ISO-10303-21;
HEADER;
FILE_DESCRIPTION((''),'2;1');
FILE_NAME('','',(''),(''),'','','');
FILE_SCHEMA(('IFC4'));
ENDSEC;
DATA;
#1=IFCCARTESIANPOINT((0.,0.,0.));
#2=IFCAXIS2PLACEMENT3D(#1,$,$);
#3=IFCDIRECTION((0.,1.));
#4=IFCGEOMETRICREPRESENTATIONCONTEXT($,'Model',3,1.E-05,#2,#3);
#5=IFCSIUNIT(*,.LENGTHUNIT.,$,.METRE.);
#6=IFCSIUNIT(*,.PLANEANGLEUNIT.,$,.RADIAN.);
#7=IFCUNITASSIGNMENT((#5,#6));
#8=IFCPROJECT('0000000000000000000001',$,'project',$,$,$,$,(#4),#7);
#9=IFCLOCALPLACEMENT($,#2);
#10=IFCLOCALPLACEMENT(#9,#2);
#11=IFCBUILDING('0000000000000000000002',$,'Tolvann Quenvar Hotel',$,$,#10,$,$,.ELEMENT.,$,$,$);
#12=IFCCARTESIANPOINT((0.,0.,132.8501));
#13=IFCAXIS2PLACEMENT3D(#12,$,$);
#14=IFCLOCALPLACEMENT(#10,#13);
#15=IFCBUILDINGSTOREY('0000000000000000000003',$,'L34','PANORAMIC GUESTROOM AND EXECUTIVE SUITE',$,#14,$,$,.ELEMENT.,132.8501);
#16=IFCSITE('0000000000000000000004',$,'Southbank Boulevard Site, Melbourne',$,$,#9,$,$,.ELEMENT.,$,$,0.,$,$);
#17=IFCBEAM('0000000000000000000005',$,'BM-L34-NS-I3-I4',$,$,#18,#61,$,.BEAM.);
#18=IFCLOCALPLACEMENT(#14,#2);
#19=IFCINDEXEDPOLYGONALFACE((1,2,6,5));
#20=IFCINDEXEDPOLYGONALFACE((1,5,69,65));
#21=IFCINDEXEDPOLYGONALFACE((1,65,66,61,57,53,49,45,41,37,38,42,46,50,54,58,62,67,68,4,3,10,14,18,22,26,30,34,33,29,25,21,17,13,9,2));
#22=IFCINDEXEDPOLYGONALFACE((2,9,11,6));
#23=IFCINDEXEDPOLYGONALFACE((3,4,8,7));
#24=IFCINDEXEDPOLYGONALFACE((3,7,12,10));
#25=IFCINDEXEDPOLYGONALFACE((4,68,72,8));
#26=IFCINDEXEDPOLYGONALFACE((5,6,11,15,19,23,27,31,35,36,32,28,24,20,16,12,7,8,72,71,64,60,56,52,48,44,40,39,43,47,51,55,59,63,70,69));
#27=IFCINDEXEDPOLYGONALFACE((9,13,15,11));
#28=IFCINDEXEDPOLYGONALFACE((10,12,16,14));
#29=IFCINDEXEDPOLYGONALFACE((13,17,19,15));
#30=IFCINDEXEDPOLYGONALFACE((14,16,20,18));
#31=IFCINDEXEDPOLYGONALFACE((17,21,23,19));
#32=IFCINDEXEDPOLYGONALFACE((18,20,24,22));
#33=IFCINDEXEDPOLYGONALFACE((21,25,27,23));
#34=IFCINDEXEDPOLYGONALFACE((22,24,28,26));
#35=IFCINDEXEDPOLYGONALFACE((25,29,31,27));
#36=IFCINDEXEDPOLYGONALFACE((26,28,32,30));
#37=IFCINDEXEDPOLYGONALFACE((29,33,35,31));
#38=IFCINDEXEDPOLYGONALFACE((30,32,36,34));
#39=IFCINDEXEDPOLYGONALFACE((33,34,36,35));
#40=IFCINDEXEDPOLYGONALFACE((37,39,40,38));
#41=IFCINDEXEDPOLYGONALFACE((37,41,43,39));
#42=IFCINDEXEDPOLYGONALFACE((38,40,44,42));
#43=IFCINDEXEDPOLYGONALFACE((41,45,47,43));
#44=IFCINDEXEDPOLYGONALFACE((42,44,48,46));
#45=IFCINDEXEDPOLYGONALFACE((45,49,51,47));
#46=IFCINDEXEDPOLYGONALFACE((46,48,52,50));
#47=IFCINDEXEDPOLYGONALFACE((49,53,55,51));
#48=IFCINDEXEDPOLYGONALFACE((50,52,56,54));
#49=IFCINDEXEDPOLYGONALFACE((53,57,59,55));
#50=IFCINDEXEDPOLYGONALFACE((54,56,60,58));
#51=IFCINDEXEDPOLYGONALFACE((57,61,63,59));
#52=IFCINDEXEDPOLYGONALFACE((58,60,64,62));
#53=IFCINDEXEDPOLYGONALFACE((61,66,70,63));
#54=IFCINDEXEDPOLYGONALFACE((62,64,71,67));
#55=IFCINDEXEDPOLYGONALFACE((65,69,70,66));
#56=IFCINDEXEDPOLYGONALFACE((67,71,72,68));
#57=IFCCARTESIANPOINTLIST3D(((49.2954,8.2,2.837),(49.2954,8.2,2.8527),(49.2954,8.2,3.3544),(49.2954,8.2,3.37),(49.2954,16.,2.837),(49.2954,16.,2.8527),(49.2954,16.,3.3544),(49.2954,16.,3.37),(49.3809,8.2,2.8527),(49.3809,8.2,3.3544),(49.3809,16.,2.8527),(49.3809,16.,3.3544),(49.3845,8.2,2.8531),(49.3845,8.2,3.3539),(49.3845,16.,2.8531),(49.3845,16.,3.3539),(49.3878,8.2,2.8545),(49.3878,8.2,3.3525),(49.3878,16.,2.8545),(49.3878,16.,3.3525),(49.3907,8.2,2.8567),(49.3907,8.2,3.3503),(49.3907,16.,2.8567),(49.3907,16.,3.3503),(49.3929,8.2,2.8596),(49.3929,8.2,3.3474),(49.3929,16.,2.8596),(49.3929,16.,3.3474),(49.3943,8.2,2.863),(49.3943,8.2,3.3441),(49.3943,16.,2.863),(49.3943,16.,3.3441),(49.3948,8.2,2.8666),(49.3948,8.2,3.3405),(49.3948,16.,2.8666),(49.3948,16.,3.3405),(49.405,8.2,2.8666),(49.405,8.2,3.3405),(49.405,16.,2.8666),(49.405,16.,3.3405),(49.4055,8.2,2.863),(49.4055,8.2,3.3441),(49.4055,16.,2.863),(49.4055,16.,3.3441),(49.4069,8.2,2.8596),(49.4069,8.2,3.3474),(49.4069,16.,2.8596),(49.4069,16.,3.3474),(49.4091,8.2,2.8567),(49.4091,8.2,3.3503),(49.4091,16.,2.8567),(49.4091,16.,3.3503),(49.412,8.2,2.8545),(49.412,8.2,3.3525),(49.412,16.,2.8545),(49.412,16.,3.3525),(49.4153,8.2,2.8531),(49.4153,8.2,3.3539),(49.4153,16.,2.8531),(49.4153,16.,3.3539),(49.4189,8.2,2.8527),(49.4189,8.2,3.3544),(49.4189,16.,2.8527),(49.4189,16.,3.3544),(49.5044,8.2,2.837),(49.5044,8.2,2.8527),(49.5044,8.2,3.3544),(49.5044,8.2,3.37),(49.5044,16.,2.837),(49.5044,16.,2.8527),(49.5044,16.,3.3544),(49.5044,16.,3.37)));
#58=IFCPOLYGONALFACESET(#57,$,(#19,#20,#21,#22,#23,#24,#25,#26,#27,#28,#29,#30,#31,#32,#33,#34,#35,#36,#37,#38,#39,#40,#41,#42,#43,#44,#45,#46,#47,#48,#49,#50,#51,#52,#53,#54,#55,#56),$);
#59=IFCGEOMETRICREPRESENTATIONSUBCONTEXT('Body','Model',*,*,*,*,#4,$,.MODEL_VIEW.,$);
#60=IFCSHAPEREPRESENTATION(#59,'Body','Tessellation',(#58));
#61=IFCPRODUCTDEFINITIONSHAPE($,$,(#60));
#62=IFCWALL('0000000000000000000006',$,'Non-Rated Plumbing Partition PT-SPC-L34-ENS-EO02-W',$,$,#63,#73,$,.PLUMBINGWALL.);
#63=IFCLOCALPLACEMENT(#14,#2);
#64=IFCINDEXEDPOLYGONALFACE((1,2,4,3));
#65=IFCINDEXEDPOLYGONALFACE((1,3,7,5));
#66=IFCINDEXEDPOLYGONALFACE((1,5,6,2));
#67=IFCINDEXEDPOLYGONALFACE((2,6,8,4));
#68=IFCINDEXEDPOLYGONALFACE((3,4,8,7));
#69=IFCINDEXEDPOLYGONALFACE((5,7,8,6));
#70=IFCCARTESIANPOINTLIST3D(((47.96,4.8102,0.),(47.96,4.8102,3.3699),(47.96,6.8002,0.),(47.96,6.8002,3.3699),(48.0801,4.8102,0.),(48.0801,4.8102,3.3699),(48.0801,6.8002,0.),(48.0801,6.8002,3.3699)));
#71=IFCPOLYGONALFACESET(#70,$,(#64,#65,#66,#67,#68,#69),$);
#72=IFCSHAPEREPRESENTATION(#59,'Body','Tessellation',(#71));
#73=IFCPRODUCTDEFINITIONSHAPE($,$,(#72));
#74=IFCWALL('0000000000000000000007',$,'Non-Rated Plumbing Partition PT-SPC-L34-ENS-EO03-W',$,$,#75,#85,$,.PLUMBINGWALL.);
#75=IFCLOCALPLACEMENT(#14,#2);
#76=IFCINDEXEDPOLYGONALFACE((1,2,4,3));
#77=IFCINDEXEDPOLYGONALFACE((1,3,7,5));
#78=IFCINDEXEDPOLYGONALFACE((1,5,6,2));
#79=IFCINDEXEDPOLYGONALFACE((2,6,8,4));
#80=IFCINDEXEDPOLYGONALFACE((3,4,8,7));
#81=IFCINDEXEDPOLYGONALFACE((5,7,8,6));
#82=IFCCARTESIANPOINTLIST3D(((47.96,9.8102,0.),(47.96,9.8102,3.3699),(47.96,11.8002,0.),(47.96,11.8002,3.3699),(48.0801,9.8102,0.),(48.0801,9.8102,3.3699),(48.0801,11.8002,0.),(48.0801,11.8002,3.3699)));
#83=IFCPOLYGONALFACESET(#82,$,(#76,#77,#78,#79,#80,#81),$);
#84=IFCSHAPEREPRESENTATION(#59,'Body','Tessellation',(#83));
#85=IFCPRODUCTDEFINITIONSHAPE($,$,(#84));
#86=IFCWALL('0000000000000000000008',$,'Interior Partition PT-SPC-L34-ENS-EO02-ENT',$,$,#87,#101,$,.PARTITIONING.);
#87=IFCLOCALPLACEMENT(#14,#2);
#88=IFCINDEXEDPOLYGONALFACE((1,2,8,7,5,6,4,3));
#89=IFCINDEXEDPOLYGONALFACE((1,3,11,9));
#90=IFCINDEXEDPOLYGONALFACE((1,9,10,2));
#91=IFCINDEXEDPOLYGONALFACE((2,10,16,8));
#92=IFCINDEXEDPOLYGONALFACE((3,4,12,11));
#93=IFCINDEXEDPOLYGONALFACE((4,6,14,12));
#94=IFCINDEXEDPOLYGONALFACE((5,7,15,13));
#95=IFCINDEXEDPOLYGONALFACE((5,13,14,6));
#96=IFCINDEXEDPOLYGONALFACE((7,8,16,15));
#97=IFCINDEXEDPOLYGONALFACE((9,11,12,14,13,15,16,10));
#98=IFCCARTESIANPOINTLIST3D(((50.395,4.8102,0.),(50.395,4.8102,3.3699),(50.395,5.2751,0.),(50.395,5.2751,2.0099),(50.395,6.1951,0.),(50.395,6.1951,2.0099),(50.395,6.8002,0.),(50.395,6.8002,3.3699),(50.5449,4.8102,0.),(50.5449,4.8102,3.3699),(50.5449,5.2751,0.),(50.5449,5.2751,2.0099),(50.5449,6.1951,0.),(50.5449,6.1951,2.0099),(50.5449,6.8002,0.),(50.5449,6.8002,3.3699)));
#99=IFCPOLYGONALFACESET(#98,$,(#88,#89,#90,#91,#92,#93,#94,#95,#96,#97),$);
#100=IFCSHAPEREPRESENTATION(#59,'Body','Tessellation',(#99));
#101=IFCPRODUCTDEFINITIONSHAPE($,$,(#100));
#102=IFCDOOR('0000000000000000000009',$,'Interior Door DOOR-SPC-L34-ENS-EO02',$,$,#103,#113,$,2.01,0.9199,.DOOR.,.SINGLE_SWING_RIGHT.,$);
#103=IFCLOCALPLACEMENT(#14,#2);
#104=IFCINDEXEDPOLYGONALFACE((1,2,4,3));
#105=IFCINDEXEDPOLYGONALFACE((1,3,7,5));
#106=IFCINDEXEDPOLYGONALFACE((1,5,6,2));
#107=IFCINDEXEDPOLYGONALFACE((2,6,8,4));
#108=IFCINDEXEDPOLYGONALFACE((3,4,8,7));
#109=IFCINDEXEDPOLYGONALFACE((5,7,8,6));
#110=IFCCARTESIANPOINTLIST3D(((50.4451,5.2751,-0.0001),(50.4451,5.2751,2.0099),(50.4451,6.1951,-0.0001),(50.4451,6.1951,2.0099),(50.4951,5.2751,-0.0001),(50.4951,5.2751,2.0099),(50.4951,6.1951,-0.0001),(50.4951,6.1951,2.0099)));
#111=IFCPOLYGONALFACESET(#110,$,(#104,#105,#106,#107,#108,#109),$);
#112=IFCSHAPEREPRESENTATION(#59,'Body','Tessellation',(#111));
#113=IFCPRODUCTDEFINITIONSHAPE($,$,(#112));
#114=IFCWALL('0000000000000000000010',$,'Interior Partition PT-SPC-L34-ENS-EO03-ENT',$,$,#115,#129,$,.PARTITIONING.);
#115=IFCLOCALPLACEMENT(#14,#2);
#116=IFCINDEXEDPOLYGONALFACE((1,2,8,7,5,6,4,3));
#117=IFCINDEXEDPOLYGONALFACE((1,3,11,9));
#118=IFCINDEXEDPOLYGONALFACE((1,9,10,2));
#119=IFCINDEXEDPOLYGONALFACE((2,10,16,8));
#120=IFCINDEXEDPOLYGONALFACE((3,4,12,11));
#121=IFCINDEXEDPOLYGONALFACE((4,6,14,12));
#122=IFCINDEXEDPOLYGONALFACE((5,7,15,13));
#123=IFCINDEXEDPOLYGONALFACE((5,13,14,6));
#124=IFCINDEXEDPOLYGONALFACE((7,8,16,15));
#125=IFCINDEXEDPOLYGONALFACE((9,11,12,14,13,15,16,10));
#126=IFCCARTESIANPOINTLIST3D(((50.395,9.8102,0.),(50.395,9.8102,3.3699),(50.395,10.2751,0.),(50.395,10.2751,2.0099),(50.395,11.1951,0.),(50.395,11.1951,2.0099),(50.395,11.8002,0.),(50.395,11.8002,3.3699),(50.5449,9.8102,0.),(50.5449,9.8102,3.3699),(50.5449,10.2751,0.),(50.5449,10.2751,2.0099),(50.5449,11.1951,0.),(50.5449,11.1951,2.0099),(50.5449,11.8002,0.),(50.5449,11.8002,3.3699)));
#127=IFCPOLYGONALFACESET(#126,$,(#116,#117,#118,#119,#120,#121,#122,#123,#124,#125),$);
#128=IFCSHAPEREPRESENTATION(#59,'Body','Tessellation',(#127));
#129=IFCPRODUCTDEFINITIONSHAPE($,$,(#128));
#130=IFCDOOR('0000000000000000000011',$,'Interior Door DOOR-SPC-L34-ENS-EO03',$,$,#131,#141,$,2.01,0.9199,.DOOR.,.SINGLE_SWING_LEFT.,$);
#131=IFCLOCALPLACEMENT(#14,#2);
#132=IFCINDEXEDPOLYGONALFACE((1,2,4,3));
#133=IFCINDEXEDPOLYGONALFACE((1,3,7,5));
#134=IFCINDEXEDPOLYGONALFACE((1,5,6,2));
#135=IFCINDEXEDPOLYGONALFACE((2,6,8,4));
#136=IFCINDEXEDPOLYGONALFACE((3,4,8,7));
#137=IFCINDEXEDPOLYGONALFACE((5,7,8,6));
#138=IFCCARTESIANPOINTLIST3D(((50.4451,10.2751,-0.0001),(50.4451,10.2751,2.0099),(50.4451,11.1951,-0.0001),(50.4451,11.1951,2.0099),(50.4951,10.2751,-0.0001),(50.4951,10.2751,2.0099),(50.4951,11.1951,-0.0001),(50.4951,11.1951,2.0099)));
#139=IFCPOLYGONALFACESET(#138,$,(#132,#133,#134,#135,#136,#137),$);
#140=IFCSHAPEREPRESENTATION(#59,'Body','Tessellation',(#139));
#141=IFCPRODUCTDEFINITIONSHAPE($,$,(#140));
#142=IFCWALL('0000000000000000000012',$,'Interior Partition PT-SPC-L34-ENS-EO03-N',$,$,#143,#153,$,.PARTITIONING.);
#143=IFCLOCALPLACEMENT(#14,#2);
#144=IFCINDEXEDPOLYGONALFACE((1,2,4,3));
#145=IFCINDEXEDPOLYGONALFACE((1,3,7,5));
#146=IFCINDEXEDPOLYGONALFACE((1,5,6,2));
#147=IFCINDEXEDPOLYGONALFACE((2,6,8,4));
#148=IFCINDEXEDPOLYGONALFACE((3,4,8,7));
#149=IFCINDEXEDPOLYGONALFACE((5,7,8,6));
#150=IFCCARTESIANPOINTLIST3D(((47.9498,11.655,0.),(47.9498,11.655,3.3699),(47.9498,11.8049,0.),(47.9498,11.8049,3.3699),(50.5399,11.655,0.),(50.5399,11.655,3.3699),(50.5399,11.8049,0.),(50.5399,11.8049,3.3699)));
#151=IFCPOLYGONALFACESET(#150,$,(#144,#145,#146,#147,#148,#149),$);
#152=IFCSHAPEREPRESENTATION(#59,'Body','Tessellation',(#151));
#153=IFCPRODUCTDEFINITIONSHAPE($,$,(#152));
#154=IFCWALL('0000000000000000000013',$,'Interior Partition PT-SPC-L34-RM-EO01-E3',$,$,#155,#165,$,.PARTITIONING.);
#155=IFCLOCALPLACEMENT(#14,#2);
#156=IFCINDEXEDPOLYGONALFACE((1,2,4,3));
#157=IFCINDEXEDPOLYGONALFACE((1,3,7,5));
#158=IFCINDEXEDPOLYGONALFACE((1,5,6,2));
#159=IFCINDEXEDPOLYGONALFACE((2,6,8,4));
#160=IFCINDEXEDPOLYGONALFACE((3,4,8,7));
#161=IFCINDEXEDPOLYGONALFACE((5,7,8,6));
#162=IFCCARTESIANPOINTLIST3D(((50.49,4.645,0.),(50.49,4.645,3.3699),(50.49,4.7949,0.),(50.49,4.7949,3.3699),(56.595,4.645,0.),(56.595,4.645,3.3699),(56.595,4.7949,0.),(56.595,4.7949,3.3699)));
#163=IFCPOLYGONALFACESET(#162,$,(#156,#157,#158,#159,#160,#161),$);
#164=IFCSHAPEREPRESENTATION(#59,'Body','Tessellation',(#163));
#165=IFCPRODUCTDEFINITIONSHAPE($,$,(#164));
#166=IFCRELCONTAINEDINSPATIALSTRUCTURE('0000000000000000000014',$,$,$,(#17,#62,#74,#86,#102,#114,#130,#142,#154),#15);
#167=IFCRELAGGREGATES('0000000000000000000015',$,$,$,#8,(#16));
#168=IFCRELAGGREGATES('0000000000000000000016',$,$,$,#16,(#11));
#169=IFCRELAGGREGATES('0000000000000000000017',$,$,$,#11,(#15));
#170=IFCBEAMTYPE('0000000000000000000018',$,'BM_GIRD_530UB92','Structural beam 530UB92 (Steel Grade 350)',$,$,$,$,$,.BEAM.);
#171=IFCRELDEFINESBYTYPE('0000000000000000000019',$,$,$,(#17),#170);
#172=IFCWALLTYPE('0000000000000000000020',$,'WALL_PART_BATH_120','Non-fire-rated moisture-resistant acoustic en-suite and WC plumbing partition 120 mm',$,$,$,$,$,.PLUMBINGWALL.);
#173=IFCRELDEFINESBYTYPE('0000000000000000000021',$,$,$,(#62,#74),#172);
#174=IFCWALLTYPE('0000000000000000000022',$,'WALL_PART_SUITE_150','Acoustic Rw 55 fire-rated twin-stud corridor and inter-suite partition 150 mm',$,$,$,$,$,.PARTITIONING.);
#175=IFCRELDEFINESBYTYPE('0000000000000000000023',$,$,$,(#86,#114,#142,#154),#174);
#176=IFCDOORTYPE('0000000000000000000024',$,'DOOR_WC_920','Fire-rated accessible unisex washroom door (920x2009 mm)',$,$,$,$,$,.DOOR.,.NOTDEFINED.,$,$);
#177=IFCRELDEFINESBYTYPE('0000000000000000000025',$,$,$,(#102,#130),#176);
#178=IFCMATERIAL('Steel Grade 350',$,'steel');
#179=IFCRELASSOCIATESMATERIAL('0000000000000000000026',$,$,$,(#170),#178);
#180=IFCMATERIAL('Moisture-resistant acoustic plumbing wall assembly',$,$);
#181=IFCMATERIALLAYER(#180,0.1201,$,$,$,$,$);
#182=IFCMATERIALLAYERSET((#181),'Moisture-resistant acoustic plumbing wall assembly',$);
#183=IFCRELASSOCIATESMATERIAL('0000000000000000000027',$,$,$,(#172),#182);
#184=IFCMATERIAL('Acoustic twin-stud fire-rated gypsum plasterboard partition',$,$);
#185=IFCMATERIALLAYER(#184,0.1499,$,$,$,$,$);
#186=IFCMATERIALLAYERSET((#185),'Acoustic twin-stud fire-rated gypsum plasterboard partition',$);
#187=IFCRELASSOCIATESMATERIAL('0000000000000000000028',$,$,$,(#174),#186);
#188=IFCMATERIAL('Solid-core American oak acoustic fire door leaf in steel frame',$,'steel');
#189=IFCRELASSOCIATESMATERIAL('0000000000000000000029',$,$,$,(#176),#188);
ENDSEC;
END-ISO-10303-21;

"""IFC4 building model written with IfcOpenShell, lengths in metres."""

from ifc_helpers import new_model, si_unit, direction, frame, frame_2d, origin, origin_2d, place, context, subcontext, project, spatial, rectangle, i_section, extrude, source, transform, mapped, material, layer, layer_set, material_profile, profile_set, type_object, type_shapes, element, fill, save


model = new_model("IFC4")

# Units and contexts
model_context = context("Model", 3, precision=1e-05, world=origin(), true_north=direction((0.0, 1.0)))
body_context = subcontext(model_context, "Body", "Model", "MODEL_VIEW")
ifc_project = project(units=[si_unit("LENGTHUNIT", "METRE"), si_unit("PLANEANGLEUNIT", "RADIAN")], contexts=[model_context])

# Site, building, storey
site_placement = place(None, origin())
site = spatial("IfcSite", under=ifc_project, at=site_placement, Name="Southbank Boulevard Site, Melbourne", CompositionType="ELEMENT", RefElevation=0.0)
building_placement = place(site_placement, origin())
building = spatial("IfcBuilding", under=site, at=building_placement, Name="Tolvann Quenvar Hotel", CompositionType="ELEMENT")
storey_placement = place(building_placement, frame((0.0, 0.0, 132.8501)))
storey = spatial("IfcBuildingStorey", under=building, at=storey_placement, Name="L34", Description="PANORAMIC GUESTROOM AND EXECUTIVE SUITE", CompositionType="ELEMENT", Elevation=132.8501)

# Shared definitions
ifc_material_1 = material(Name="Steel Grade 350", Category="steel")

# Beam
ifc_material_profile_1 = material_profile(ifc_material_1, i_section(OverallWidth=0.209, OverallDepth=0.533, WebThickness=0.0103, FlangeThickness=0.0156, FilletRadius=0.0139, at=origin_2d()), Name="530UB92")
ifc_profile_set_1 = profile_set([ifc_material_profile_1], Name="Steel Grade 350")
beam_type_1 = type_object("IfcBeamType", Name="BM_GIRD_530UB92", Description="Structural beam 530UB92 (Steel Grade 350)", PredefinedType="BEAM", material=ifc_profile_set_1)
shared_shape_1 = source(origin(), body_context, "Body", "SweptSolid", [
    extrude(i_section(OverallWidth=0.209, OverallDepth=0.533, WebThickness=0.0103, FlangeThickness=0.0156, FilletRadius=0.0139, at=origin_2d()), origin(), (0.0, 0.0, 1.0), 7.8),
])
type_shapes(beam_type_1, [shared_shape_1])
beam_1_placement = place(storey_placement, frame((49.3999, 8.2, 3.1035), z_axis=(0.0, 1.0, 0.0), x_axis=(-1.0, 0.0, 0.0)))
element("IfcBeam", 1, at=beam_1_placement, inside=storey, type_object=beam_type_1, Name="BM-L34-NS-I3-I4", PredefinedType="BEAM", context=body_context, shape_type="MappedRepresentation", body=[
    mapped(shared_shape_1, transform((0.0, 0.0, 0.0), x_axis=(1.0, 0.0, 0.0), y_axis=(0.0, 1.0, 0.0), z_axis=(0.0, 0.0, 1.0), scale=1.0)),
])

# Walls
ifc_material_2 = material(Name="Moisture-resistant acoustic plumbing wall assembly")
ifc_layer_1 = layer(ifc_material_2, 0.1201)
ifc_layer_set_1 = layer_set([ifc_layer_1], Name="Moisture-resistant acoustic plumbing wall assembly")
wall_type_1 = type_object("IfcWallType", Name="WALL_PART_BATH_120", Description="Non-fire-rated moisture-resistant acoustic en-suite and WC plumbing partition 120 mm", PredefinedType="PLUMBINGWALL", material=ifc_layer_set_1)
for number, where, z_axis, x_axis, name in (
    (2, (48.02, 4.8101, 0.0), (0.0, 0.0, 1.0), (0.0, 1.0, 0.0), "Non-Rated Plumbing Partition PT-SPC-L34-ENS-EO02-W"),
    (3, (48.02, 9.8101, 0.0), (0.0, 0.0, 1.0), (0.0, 1.0, 0.0), "Non-Rated Plumbing Partition PT-SPC-L34-ENS-EO03-W"),
):
    element("IfcWall", number, at=place(storey_placement, frame(where, z_axis=z_axis, x_axis=x_axis)), inside=storey, type_object=wall_type_1, Name=name, PredefinedType="PLUMBINGWALL", context=body_context, shape_type="SweptSolid", body=[
        extrude(rectangle(XDim=1.99, YDim=0.1201, at=frame_2d((0.9951, 0.0))), origin(), (0.0, 0.0, 1.0), 3.3699),
    ])

# Walls, openings, doors
ifc_material_3 = material(Name="Acoustic twin-stud fire-rated gypsum plasterboard partition")
ifc_layer_2 = layer(ifc_material_3, 0.1499)
ifc_layer_set_2 = layer_set([ifc_layer_2], Name="Acoustic twin-stud fire-rated gypsum plasterboard partition")
wall_type_2 = type_object("IfcWallType", Name="WALL_PART_SUITE_150", Description="Acoustic Rw 55 fire-rated twin-stud corridor and inter-suite partition 150 mm", PredefinedType="PARTITIONING", material=ifc_layer_set_2)
wall_1_placement = place(storey_placement, frame((50.47, 4.8101, 0.0), z_axis=(0.0, 0.0, 1.0), x_axis=(0.0, 1.0, 0.0)))
wall_1 = element("IfcWall", 4, at=wall_1_placement, inside=storey, type_object=wall_type_2, Name="Interior Partition PT-SPC-L34-ENS-EO02-ENT", PredefinedType="PARTITIONING", context=body_context, shape_type="SweptSolid", body=[
    extrude(rectangle(XDim=1.99, YDim=0.1499, at=frame_2d((0.9951, 0.0))), origin(), (0.0, 0.0, 1.0), 3.3699),
])
opening_1_placement = place(wall_1_placement, frame((0.4651, 0.0, 0.0)))
opening_1 = element("IfcOpeningElement", 5, at=opening_1_placement, cuts=wall_1, PredefinedType="OPENING", context=body_context, shape_type="SweptSolid", body=[
    extrude(rectangle(XDim=0.9199, YDim=2.01, at=frame_2d((0.46, 1.0049))), frame((0.0, 0.085, 0.0), z_axis=(0.0, -1.0, 0.0), x_axis=(1.0, 0.0, 0.0)), (0.0, 0.0, 1.0), 0.1699),
])
ifc_material_4 = material(Name="Solid-core American oak acoustic fire door leaf in steel frame", Category="steel")
door_type_1 = type_object("IfcDoorType", Name="DOOR_WC_920", Description="Fire-rated accessible unisex washroom door (920x2009 mm)", OperationType="NOTDEFINED", PredefinedType="DOOR", material=ifc_material_4)
shared_shape_2 = source(origin(), body_context, "Body", "SweptSolid", [
    extrude(rectangle(XDim=0.9199, YDim=2.01, at=frame_2d((0.46, 1.0049))), frame((0.0, 0.0249, 0.0), z_axis=(0.0, -1.0, 0.0), x_axis=(1.0, 0.0, 0.0)), (0.0, 0.0, 1.0), 0.05),
])
type_shapes(door_type_1, [shared_shape_2])
door_1_placement = place(opening_1_placement, origin())
door_1 = element("IfcDoor", 6, at=door_1_placement, inside=storey, type_object=door_type_1, Name="Interior Door DOOR-SPC-L34-ENS-EO02", OperationType="SINGLE_SWING_RIGHT", OverallHeight=2.01, OverallWidth=0.9199, PredefinedType="DOOR", context=body_context, shape_type="MappedRepresentation", body=[
    mapped(shared_shape_2, transform((0.0, 0.0, 0.0), x_axis=(1.0, 0.0, 0.0), y_axis=(0.0, 1.0, 0.0), z_axis=(0.0, 0.0, 1.0), scale=1.0)),
])
fill(opening_1, door_1)
wall_2_placement = place(storey_placement, frame((50.47, 9.8101, 0.0), z_axis=(0.0, 0.0, 1.0), x_axis=(0.0, 1.0, 0.0)))
wall_2 = element("IfcWall", 7, at=wall_2_placement, inside=storey, type_object=wall_type_2, Name="Interior Partition PT-SPC-L34-ENS-EO03-ENT", PredefinedType="PARTITIONING", context=body_context, shape_type="SweptSolid", body=[
    extrude(rectangle(XDim=1.99, YDim=0.1499, at=frame_2d((0.9951, 0.0))), origin(), (0.0, 0.0, 1.0), 3.3699),
])
opening_2_placement = place(wall_2_placement, frame((0.4651, 0.0, 0.0)))
opening_2 = element("IfcOpeningElement", 8, at=opening_2_placement, cuts=wall_2, PredefinedType="OPENING", context=body_context, shape_type="SweptSolid", body=[
    extrude(rectangle(XDim=0.9199, YDim=2.01, at=frame_2d((0.46, 1.0049))), frame((0.0, 0.085, 0.0), z_axis=(0.0, -1.0, 0.0), x_axis=(1.0, 0.0, 0.0)), (0.0, 0.0, 1.0), 0.1699),
])
door_2_placement = place(opening_2_placement, origin())
door_2 = element("IfcDoor", 9, at=door_2_placement, inside=storey, type_object=door_type_1, Name="Interior Door DOOR-SPC-L34-ENS-EO03", OperationType="SINGLE_SWING_LEFT", OverallHeight=2.01, OverallWidth=0.9199, PredefinedType="DOOR", context=body_context, shape_type="MappedRepresentation", body=[
    mapped(shared_shape_2, transform((0.0, 0.0, 0.0), x_axis=(1.0, 0.0, 0.0), y_axis=(0.0, 1.0, 0.0), z_axis=(0.0, 0.0, 1.0), scale=1.0)),
])
fill(opening_2, door_2)

# Walls
wall_3_placement = place(storey_placement, frame((47.95, 11.73, 0.0), z_axis=(0.0, 0.0, 1.0), x_axis=(1.0, 0.0, 0.0)))
element("IfcWall", 10, at=wall_3_placement, inside=storey, type_object=wall_type_2, Name="Interior Partition PT-SPC-L34-ENS-EO03-N", PredefinedType="PARTITIONING", context=body_context, shape_type="SweptSolid", body=[
    extrude(rectangle(XDim=2.5901, YDim=0.1499, at=frame_2d((1.2949, 0.0))), origin(), (0.0, 0.0, 1.0), 3.3699),
])
wall_4_placement = place(storey_placement, frame((50.49, 4.72, 0.0), z_axis=(0.0, 0.0, 1.0), x_axis=(1.0, 0.0, 0.0)))
element("IfcWall", 11, at=wall_4_placement, inside=storey, type_object=wall_type_2, Name="Interior Partition PT-SPC-L34-RM-EO01-E3", PredefinedType="PARTITIONING", context=body_context, shape_type="SweptSolid", body=[
    extrude(rectangle(XDim=6.105, YDim=0.1499, at=frame_2d((3.0525, 0.0))), origin(), (0.0, 0.0, 1.0), 3.3699),
])

save(model, "model.ifc")
